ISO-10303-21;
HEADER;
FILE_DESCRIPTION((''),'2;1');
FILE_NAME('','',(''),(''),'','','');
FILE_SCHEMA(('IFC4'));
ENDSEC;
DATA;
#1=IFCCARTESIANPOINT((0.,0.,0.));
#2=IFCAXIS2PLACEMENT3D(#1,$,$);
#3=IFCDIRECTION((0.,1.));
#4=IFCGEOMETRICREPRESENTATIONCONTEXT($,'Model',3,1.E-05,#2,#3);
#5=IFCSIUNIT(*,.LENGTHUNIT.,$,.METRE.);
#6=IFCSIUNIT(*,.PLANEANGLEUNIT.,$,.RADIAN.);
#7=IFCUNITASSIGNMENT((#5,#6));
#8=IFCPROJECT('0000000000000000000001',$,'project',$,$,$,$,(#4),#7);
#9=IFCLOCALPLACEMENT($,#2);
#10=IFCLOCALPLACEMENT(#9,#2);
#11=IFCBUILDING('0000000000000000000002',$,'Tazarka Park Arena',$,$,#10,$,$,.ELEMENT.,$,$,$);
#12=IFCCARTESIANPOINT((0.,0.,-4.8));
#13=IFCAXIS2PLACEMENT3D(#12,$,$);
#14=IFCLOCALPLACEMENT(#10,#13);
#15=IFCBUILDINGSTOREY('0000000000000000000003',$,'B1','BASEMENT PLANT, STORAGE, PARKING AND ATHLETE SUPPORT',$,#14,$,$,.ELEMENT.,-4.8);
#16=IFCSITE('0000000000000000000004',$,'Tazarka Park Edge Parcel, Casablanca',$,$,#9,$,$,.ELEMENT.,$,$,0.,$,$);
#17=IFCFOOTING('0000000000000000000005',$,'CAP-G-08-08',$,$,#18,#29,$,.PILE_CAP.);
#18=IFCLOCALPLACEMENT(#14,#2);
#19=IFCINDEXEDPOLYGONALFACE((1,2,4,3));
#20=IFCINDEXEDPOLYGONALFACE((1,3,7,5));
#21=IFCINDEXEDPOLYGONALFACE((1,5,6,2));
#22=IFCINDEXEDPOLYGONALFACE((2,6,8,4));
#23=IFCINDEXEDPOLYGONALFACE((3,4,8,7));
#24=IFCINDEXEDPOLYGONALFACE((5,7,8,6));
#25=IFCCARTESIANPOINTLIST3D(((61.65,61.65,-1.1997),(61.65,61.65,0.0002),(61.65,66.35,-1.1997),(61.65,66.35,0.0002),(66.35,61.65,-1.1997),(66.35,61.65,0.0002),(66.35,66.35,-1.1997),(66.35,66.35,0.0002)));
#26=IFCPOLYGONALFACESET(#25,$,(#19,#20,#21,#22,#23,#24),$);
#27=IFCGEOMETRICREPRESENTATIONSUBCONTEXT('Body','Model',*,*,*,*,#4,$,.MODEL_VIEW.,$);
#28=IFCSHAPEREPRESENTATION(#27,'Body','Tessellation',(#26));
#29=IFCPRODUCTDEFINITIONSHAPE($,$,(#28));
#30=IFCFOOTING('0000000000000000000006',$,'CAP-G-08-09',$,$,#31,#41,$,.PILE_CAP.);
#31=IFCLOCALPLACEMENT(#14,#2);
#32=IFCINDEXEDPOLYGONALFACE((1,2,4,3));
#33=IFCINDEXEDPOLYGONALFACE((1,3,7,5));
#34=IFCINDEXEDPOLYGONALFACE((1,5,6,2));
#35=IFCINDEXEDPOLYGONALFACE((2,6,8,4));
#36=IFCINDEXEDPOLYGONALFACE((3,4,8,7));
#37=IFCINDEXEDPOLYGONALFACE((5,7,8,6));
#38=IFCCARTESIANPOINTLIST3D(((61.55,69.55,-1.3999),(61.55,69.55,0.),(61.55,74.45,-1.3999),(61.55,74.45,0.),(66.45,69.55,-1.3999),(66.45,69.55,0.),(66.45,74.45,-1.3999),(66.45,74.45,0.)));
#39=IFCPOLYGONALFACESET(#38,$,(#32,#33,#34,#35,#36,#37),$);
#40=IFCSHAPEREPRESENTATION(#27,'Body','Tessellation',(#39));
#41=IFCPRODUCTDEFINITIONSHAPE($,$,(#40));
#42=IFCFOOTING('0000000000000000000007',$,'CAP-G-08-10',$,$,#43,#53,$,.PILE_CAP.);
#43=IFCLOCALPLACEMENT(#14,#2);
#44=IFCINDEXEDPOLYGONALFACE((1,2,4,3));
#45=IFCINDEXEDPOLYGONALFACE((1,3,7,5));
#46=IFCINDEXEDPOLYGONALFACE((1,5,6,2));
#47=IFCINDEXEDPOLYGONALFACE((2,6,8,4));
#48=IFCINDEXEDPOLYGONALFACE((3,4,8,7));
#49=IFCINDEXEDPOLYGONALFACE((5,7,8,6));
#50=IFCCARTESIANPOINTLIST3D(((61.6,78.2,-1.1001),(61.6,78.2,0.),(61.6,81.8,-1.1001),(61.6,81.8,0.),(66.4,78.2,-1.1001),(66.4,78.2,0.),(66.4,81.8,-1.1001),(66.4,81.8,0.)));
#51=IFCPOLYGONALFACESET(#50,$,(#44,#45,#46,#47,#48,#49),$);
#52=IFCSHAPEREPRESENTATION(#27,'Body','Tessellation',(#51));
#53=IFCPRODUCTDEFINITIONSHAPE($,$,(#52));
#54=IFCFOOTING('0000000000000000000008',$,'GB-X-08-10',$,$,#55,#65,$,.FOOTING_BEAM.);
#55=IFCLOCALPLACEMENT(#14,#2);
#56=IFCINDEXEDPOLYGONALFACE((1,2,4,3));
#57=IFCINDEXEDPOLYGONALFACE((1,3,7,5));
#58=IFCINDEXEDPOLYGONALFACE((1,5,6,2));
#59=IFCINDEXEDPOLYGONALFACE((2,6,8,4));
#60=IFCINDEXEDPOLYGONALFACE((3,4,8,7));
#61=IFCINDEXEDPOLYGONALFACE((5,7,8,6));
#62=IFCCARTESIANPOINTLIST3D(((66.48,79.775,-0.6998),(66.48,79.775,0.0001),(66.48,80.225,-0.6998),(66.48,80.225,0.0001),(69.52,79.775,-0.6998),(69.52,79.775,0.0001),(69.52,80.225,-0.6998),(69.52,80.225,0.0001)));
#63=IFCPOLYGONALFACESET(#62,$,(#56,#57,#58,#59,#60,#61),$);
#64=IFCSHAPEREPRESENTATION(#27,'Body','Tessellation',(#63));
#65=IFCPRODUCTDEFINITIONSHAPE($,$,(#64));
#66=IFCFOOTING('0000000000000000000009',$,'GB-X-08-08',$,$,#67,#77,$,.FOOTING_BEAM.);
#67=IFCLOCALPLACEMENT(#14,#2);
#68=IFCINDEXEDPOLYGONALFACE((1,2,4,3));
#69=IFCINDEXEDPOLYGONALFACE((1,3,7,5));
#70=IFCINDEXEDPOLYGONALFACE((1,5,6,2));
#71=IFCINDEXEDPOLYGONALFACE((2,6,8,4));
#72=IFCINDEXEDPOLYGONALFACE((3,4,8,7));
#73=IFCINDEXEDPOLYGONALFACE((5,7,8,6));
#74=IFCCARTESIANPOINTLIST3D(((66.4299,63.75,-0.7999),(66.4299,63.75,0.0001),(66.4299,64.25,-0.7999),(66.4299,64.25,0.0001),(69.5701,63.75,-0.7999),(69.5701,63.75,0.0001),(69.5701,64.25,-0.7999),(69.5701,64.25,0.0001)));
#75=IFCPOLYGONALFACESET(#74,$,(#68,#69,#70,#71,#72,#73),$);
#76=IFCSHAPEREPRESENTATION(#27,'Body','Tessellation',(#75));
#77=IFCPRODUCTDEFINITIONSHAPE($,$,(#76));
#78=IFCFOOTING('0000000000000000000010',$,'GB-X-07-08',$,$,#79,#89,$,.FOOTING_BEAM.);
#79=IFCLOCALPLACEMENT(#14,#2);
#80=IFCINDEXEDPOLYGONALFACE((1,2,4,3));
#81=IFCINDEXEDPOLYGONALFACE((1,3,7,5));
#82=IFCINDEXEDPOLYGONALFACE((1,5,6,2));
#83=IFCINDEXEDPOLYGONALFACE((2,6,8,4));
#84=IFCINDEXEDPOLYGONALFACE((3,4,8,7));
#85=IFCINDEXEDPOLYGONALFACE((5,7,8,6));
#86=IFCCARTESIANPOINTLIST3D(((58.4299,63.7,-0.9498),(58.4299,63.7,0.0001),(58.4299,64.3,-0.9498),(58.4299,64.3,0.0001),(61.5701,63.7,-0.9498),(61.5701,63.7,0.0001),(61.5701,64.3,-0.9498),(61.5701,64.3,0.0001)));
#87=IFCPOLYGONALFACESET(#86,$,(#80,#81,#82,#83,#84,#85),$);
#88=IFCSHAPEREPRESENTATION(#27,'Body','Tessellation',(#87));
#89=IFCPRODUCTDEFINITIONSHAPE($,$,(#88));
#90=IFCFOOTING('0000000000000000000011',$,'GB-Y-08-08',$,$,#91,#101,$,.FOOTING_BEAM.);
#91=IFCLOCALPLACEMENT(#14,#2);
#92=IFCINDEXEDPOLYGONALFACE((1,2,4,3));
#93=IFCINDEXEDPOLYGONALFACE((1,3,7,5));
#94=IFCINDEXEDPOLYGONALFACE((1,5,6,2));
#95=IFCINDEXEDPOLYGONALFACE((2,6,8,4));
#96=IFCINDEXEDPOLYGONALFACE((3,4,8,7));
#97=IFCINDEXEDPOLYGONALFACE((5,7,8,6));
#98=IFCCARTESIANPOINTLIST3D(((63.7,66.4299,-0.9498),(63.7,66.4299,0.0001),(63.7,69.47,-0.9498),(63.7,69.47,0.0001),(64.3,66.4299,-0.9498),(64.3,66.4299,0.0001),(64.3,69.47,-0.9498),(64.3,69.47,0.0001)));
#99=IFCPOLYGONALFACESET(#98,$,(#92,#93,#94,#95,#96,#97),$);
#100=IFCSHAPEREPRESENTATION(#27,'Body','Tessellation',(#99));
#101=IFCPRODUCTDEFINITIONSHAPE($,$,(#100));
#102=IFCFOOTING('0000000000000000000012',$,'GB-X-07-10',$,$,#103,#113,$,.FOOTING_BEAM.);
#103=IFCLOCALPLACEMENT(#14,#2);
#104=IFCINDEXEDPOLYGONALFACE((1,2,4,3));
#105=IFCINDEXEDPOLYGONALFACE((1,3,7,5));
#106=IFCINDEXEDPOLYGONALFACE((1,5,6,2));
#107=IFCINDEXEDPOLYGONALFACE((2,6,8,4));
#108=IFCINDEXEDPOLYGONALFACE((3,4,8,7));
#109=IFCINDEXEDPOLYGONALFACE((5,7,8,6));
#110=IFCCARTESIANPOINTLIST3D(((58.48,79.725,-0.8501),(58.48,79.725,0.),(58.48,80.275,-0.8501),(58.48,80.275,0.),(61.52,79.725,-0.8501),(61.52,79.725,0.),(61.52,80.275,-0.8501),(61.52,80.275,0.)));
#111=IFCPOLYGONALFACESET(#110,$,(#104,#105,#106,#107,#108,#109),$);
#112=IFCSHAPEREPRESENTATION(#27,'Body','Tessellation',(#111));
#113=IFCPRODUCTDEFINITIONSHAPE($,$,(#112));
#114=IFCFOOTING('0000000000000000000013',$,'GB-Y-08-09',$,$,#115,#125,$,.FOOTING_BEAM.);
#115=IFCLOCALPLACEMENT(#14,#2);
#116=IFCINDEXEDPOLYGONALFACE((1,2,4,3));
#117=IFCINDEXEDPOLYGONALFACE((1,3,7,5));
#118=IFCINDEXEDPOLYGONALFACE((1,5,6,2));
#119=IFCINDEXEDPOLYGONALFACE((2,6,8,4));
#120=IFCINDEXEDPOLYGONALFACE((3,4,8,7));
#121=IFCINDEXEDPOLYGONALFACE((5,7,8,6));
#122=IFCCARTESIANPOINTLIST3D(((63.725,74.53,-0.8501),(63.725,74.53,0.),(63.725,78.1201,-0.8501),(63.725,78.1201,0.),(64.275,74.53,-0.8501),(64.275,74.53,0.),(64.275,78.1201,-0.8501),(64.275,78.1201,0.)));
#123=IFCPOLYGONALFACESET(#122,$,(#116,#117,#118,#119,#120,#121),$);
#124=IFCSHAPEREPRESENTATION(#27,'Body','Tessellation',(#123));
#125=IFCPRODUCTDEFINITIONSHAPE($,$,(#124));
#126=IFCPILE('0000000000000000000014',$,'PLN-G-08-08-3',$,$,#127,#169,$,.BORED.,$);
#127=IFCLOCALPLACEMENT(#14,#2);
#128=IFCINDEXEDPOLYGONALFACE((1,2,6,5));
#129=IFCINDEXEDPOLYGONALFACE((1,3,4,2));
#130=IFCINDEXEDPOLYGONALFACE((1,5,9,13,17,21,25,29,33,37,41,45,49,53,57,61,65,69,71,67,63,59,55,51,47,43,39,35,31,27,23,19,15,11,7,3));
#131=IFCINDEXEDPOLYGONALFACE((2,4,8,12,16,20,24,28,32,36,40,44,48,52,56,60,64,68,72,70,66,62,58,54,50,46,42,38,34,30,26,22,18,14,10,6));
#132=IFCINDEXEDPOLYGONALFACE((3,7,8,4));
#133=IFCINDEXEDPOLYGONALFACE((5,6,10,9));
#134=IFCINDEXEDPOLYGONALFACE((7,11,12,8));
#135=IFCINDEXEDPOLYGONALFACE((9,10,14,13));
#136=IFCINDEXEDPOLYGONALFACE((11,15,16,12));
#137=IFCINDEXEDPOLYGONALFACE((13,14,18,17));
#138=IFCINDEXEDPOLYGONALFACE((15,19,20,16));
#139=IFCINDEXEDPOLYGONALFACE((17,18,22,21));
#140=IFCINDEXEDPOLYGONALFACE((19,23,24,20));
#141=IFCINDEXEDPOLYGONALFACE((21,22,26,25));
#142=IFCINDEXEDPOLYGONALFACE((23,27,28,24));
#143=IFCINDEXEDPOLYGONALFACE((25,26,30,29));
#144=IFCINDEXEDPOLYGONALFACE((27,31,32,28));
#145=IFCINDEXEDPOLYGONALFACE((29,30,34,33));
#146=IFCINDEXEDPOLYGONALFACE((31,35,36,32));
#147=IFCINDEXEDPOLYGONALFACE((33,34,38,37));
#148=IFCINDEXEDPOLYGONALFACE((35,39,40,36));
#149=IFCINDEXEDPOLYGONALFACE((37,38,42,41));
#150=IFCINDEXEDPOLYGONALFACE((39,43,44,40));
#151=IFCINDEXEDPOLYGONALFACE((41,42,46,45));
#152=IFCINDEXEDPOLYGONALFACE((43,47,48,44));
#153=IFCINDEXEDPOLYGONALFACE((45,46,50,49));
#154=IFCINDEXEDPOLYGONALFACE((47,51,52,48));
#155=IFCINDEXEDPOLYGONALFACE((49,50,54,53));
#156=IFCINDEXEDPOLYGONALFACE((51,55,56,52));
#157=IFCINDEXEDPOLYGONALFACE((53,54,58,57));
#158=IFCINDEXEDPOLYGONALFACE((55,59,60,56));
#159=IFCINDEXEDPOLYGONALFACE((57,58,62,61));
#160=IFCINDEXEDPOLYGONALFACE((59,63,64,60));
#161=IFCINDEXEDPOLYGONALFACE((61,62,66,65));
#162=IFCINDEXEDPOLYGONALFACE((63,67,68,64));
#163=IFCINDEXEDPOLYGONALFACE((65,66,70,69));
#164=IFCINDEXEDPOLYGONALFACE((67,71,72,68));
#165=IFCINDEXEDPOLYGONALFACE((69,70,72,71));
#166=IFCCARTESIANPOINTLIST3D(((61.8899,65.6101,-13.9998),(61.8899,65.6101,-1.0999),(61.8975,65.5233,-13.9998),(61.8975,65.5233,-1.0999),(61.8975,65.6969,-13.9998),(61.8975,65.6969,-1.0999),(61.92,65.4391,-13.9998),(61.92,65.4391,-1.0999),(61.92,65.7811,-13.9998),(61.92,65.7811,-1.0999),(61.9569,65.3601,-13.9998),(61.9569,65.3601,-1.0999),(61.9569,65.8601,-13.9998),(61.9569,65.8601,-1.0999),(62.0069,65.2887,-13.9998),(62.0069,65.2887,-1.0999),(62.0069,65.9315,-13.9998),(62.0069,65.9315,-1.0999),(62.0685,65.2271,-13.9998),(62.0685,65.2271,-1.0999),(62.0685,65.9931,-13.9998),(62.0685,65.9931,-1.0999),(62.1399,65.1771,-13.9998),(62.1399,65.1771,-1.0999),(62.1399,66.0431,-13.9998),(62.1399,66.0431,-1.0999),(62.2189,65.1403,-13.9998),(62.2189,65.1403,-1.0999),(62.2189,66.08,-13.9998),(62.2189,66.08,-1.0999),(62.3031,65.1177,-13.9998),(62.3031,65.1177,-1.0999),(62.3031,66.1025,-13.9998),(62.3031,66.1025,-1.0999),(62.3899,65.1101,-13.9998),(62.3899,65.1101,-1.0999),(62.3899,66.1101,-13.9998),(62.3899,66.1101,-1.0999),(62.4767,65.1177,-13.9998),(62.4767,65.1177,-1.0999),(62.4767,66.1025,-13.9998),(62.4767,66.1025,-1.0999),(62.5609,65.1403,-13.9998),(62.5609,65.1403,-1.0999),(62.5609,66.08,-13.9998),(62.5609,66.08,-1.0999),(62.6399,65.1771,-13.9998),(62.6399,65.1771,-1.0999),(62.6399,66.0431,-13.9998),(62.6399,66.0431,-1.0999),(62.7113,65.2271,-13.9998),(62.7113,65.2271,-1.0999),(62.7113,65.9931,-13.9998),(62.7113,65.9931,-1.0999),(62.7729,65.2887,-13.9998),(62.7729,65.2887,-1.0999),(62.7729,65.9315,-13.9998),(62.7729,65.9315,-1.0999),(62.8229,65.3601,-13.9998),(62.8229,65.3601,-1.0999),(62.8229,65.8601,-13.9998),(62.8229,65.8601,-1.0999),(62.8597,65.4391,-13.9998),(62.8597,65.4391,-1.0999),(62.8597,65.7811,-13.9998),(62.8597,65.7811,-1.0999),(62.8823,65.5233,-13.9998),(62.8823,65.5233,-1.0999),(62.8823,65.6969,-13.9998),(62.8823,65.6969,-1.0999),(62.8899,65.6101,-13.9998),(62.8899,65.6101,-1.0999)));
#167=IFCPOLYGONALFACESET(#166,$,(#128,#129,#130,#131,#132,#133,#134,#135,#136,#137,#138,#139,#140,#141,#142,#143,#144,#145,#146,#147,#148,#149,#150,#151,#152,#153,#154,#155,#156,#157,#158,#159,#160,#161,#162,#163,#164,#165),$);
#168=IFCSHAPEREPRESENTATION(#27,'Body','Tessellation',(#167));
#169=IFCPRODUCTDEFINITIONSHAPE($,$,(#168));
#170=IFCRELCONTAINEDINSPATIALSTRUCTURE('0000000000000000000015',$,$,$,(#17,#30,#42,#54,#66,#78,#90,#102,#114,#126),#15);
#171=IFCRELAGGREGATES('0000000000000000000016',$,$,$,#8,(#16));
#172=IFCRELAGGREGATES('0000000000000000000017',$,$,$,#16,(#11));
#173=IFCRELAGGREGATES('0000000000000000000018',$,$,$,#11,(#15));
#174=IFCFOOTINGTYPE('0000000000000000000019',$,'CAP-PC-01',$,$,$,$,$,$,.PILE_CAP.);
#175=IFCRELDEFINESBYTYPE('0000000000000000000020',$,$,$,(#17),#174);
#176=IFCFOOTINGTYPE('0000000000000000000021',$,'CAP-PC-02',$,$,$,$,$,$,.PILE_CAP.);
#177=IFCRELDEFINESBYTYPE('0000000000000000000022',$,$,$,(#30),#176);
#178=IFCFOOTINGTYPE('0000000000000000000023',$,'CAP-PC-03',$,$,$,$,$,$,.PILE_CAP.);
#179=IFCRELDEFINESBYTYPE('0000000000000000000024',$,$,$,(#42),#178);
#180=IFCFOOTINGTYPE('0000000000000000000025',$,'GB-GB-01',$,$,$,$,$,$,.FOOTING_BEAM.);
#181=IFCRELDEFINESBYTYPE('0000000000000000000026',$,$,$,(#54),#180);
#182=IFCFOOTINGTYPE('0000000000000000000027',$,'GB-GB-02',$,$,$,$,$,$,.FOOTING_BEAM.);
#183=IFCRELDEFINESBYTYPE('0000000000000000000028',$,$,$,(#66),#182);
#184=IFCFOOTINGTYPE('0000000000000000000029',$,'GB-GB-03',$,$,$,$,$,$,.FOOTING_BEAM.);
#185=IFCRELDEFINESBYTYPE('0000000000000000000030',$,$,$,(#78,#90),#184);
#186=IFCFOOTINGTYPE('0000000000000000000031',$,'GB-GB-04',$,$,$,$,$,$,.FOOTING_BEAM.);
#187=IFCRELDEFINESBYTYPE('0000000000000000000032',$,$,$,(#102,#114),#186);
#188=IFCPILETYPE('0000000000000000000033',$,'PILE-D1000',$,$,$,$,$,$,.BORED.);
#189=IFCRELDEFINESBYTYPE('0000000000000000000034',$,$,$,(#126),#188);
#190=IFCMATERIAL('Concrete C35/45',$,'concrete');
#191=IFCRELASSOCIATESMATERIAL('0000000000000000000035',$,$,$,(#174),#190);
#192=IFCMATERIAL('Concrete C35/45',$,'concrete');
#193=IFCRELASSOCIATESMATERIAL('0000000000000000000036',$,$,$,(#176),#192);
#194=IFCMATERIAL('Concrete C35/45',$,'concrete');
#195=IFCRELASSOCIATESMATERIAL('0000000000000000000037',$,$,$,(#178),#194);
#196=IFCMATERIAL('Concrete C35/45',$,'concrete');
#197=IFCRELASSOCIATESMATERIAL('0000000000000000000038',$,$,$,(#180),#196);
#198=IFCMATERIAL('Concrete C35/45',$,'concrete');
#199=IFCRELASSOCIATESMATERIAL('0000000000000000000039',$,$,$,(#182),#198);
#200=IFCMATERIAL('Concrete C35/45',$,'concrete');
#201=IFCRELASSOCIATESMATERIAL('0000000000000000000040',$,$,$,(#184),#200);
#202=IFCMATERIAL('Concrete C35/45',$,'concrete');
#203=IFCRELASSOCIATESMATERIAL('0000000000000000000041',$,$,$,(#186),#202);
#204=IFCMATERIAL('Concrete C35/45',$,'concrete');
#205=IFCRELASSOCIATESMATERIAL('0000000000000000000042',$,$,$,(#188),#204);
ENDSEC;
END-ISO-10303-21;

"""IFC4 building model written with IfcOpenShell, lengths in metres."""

from ifc_helpers import new_model, si_unit, direction, frame, origin, origin_2d, place, context, subcontext, project, spatial, rectangle, circle, extrude, material, material_profile, profile_set, type_object, element, save


model = new_model("IFC4")

# Units and contexts
model_context = context("Model", 3, precision=1e-05, world=origin(), true_north=direction((0.0, 1.0)))
body_context = subcontext(model_context, "Body", "Model", "MODEL_VIEW")
ifc_project = project(units=[si_unit("LENGTHUNIT", "METRE"), si_unit("PLANEANGLEUNIT", "RADIAN")], contexts=[model_context])

# Site, building, storey
site_placement = place(None, origin())
site = spatial("IfcSite", under=ifc_project, at=site_placement, Name="Tazarka Park Edge Parcel, Casablanca", CompositionType="ELEMENT", RefElevation=0.0)
building_placement = place(site_placement, origin())
building = spatial("IfcBuilding", under=site, at=building_placement, Name="Tazarka Park Arena", CompositionType="ELEMENT")
storey_placement = place(building_placement, frame((0.0, 0.0, -4.8)))
storey = spatial("IfcBuildingStorey", under=building, at=storey_placement, Name="B1", Description="BASEMENT PLANT, STORAGE, PARKING AND ATHLETE SUPPORT", CompositionType="ELEMENT", Elevation=-4.8)

# Footings
ifc_material_1 = material(Name="Concrete C35/45", Category="concrete")
footing_type_1 = type_object("IfcFootingType", Name="CAP-PC-01", PredefinedType="PILE_CAP", material=ifc_material_1)
footing_1_placement = place(storey_placement, frame((64.0, 64.0, -1.1997), z_axis=(0.0, 0.0, 1.0), x_axis=(1.0, 0.0, 0.0)))
element("IfcFooting", 1, at=footing_1_placement, inside=storey, type_object=footing_type_1, Name="CAP-G-08-08", PredefinedType="PILE_CAP", context=body_context, shape_type="SweptSolid", body=[
    extrude(rectangle(XDim=4.7, YDim=4.7, at=origin_2d()), origin(), (0.0, 0.0, 1.0), 1.2),
])
ifc_material_2 = material(Name="Concrete C35/45", Category="concrete")
footing_type_2 = type_object("IfcFootingType", Name="CAP-PC-02", PredefinedType="PILE_CAP", material=ifc_material_2)
footing_2_placement = place(storey_placement, frame((64.0, 72.0, -1.3999), z_axis=(0.0, 0.0, 1.0), x_axis=(1.0, 0.0, 0.0)))
element("IfcFooting", 2, at=footing_2_placement, inside=storey, type_object=footing_type_2, Name="CAP-G-08-09", PredefinedType="PILE_CAP", context=body_context, shape_type="SweptSolid", body=[
    extrude(rectangle(XDim=4.8999, YDim=4.8999, at=origin_2d()), origin(), (0.0, 0.0, 1.0), 1.3999),
])
ifc_material_3 = material(Name="Concrete C35/45", Category="concrete")
footing_type_3 = type_object("IfcFootingType", Name="CAP-PC-03", PredefinedType="PILE_CAP", material=ifc_material_3)
footing_3_placement = place(storey_placement, frame((64.0, 80.0, -1.1001), z_axis=(0.0, 0.0, 1.0), x_axis=(1.0, 0.0, 0.0)))
element("IfcFooting", 3, at=footing_3_placement, inside=storey, type_object=footing_type_3, Name="CAP-G-08-10", PredefinedType="PILE_CAP", context=body_context, shape_type="SweptSolid", body=[
    extrude(rectangle(XDim=4.8, YDim=3.6001, at=origin_2d()), origin(), (0.0, 0.0, 1.0), 1.1001),
])
ifc_material_4 = material(Name="Concrete C35/45", Category="concrete")
ifc_material_profile_1 = material_profile(ifc_material_4, rectangle(XDim=0.45, YDim=0.7, at=origin_2d()), Name="Concrete C35/45")
ifc_profile_set_1 = profile_set([ifc_material_profile_1], Name="Concrete C35/45")
footing_type_4 = type_object("IfcFootingType", Name="GB-GB-01", PredefinedType="FOOTING_BEAM", material=ifc_profile_set_1)
footing_4_placement = place(storey_placement, frame((66.48, 80.0, -0.3499), z_axis=(1.0, 0.0, 0.0), x_axis=(0.0, 1.0, 0.0)))
element("IfcFooting", 4, at=footing_4_placement, inside=storey, type_object=footing_type_4, Name="GB-X-08-10", PredefinedType="FOOTING_BEAM", context=body_context, shape_type="SweptSolid", body=[
    extrude(rectangle(XDim=0.45, YDim=0.7, at=origin_2d()), origin(), (0.0, 0.0, 1.0), 3.04),
])
ifc_material_5 = material(Name="Concrete C35/45", Category="concrete")
ifc_material_profile_2 = material_profile(ifc_material_5, rectangle(XDim=0.5, YDim=0.8, at=origin_2d()), Name="Concrete C35/45")
ifc_profile_set_2 = profile_set([ifc_material_profile_2], Name="Concrete C35/45")
footing_type_5 = type_object("IfcFootingType", Name="GB-GB-02", PredefinedType="FOOTING_BEAM", material=ifc_profile_set_2)
footing_5_placement = place(storey_placement, frame((66.4299, 64.0, -0.3999), z_axis=(1.0, 0.0, 0.0), x_axis=(0.0, 1.0, 0.0)))
element("IfcFooting", 5, at=footing_5_placement, inside=storey, type_object=footing_type_5, Name="GB-X-08-08", PredefinedType="FOOTING_BEAM", context=body_context, shape_type="SweptSolid", body=[
    extrude(rectangle(XDim=0.5, YDim=0.8, at=origin_2d()), origin(), (0.0, 0.0, 1.0), 3.1401),
])
ifc_material_6 = material(Name="Concrete C35/45", Category="concrete")
ifc_material_profile_3 = material_profile(ifc_material_6, rectangle(XDim=0.6001, YDim=0.95, at=origin_2d()), Name="Concrete C35/45")
ifc_profile_set_3 = profile_set([ifc_material_profile_3], Name="Concrete C35/45")
footing_type_6 = type_object("IfcFootingType", Name="GB-GB-03", PredefinedType="FOOTING_BEAM", material=ifc_profile_set_3)
footing_6_placement = place(storey_placement, frame((58.4299, 64.0, -0.4749), z_axis=(1.0, 0.0, 0.0), x_axis=(0.0, 1.0, 0.0)))
element("IfcFooting", 6, at=footing_6_placement, inside=storey, type_object=footing_type_6, Name="GB-X-07-08", PredefinedType="FOOTING_BEAM", context=body_context, shape_type="SweptSolid", body=[
    extrude(rectangle(XDim=0.6001, YDim=0.95, at=origin_2d()), origin(), (0.0, 0.0, 1.0), 3.1401),
])
footing_7_placement = place(storey_placement, frame((64.0, 66.4299, -0.4749), z_axis=(0.0, 1.0, 0.0), x_axis=(-1.0, 0.0, 0.0)))
element("IfcFooting", 7, at=footing_7_placement, inside=storey, type_object=footing_type_6, Name="GB-Y-08-08", PredefinedType="FOOTING_BEAM", context=body_context, shape_type="SweptSolid", body=[
    extrude(rectangle(XDim=0.6001, YDim=0.95, at=origin_2d()), origin(), (0.0, 0.0, 1.0), 3.04),
])
ifc_material_7 = material(Name="Concrete C35/45", Category="concrete")
ifc_material_profile_4 = material_profile(ifc_material_7, rectangle(XDim=0.55, YDim=0.8501, at=origin_2d()), Name="Concrete C35/45")
ifc_profile_set_4 = profile_set([ifc_material_profile_4], Name="Concrete C35/45")
footing_type_7 = type_object("IfcFootingType", Name="GB-GB-04", PredefinedType="FOOTING_BEAM", material=ifc_profile_set_4)
footing_8_placement = place(storey_placement, frame((58.48, 80.0, -0.425), z_axis=(1.0, 0.0, 0.0), x_axis=(0.0, 1.0, 0.0)))
element("IfcFooting", 8, at=footing_8_placement, inside=storey, type_object=footing_type_7, Name="GB-X-07-10", PredefinedType="FOOTING_BEAM", context=body_context, shape_type="SweptSolid", body=[
    extrude(rectangle(XDim=0.55, YDim=0.8501, at=origin_2d()), origin(), (0.0, 0.0, 1.0), 3.04),
])
footing_9_placement = place(storey_placement, frame((64.0, 74.53, -0.425), z_axis=(0.0, 1.0, 0.0), x_axis=(-1.0, 0.0, 0.0)))
element("IfcFooting", 9, at=footing_9_placement, inside=storey, type_object=footing_type_7, Name="GB-Y-08-09", PredefinedType="FOOTING_BEAM", context=body_context, shape_type="SweptSolid", body=[
    extrude(rectangle(XDim=0.55, YDim=0.8501, at=origin_2d()), origin(), (0.0, 0.0, 1.0), 3.5901),
])

# Pile
ifc_material_8 = material(Name="Concrete C35/45", Category="concrete")
ifc_material_profile_5 = material_profile(ifc_material_8, circle(Radius=0.5, at=origin_2d()), Name="Concrete C35/45")
ifc_profile_set_5 = profile_set([ifc_material_profile_5], Name="Concrete C35/45")
pile_type_1 = type_object("IfcPileType", Name="PILE-D1000", PredefinedType="BORED", material=ifc_profile_set_5)
for number, where, z_axis, x_axis, name in (
    (10, (62.3899, 65.6101, -1.0999), (0.0, 0.0, -1.0), (1.0, 0.0, 0.0), "PLN-G-08-08-3"),
):
    element("IfcPile", number, at=place(storey_placement, frame(where, z_axis=z_axis, x_axis=x_axis)), inside=storey, type_object=pile_type_1, Name=name, PredefinedType="BORED", context=body_context, shape_type="SweptSolid", body=[
        extrude(circle(Radius=0.5, at=origin_2d()), origin(), (0.0, 0.0, 1.0), 12.8999),
    ])

save(model, "model.ifc")
